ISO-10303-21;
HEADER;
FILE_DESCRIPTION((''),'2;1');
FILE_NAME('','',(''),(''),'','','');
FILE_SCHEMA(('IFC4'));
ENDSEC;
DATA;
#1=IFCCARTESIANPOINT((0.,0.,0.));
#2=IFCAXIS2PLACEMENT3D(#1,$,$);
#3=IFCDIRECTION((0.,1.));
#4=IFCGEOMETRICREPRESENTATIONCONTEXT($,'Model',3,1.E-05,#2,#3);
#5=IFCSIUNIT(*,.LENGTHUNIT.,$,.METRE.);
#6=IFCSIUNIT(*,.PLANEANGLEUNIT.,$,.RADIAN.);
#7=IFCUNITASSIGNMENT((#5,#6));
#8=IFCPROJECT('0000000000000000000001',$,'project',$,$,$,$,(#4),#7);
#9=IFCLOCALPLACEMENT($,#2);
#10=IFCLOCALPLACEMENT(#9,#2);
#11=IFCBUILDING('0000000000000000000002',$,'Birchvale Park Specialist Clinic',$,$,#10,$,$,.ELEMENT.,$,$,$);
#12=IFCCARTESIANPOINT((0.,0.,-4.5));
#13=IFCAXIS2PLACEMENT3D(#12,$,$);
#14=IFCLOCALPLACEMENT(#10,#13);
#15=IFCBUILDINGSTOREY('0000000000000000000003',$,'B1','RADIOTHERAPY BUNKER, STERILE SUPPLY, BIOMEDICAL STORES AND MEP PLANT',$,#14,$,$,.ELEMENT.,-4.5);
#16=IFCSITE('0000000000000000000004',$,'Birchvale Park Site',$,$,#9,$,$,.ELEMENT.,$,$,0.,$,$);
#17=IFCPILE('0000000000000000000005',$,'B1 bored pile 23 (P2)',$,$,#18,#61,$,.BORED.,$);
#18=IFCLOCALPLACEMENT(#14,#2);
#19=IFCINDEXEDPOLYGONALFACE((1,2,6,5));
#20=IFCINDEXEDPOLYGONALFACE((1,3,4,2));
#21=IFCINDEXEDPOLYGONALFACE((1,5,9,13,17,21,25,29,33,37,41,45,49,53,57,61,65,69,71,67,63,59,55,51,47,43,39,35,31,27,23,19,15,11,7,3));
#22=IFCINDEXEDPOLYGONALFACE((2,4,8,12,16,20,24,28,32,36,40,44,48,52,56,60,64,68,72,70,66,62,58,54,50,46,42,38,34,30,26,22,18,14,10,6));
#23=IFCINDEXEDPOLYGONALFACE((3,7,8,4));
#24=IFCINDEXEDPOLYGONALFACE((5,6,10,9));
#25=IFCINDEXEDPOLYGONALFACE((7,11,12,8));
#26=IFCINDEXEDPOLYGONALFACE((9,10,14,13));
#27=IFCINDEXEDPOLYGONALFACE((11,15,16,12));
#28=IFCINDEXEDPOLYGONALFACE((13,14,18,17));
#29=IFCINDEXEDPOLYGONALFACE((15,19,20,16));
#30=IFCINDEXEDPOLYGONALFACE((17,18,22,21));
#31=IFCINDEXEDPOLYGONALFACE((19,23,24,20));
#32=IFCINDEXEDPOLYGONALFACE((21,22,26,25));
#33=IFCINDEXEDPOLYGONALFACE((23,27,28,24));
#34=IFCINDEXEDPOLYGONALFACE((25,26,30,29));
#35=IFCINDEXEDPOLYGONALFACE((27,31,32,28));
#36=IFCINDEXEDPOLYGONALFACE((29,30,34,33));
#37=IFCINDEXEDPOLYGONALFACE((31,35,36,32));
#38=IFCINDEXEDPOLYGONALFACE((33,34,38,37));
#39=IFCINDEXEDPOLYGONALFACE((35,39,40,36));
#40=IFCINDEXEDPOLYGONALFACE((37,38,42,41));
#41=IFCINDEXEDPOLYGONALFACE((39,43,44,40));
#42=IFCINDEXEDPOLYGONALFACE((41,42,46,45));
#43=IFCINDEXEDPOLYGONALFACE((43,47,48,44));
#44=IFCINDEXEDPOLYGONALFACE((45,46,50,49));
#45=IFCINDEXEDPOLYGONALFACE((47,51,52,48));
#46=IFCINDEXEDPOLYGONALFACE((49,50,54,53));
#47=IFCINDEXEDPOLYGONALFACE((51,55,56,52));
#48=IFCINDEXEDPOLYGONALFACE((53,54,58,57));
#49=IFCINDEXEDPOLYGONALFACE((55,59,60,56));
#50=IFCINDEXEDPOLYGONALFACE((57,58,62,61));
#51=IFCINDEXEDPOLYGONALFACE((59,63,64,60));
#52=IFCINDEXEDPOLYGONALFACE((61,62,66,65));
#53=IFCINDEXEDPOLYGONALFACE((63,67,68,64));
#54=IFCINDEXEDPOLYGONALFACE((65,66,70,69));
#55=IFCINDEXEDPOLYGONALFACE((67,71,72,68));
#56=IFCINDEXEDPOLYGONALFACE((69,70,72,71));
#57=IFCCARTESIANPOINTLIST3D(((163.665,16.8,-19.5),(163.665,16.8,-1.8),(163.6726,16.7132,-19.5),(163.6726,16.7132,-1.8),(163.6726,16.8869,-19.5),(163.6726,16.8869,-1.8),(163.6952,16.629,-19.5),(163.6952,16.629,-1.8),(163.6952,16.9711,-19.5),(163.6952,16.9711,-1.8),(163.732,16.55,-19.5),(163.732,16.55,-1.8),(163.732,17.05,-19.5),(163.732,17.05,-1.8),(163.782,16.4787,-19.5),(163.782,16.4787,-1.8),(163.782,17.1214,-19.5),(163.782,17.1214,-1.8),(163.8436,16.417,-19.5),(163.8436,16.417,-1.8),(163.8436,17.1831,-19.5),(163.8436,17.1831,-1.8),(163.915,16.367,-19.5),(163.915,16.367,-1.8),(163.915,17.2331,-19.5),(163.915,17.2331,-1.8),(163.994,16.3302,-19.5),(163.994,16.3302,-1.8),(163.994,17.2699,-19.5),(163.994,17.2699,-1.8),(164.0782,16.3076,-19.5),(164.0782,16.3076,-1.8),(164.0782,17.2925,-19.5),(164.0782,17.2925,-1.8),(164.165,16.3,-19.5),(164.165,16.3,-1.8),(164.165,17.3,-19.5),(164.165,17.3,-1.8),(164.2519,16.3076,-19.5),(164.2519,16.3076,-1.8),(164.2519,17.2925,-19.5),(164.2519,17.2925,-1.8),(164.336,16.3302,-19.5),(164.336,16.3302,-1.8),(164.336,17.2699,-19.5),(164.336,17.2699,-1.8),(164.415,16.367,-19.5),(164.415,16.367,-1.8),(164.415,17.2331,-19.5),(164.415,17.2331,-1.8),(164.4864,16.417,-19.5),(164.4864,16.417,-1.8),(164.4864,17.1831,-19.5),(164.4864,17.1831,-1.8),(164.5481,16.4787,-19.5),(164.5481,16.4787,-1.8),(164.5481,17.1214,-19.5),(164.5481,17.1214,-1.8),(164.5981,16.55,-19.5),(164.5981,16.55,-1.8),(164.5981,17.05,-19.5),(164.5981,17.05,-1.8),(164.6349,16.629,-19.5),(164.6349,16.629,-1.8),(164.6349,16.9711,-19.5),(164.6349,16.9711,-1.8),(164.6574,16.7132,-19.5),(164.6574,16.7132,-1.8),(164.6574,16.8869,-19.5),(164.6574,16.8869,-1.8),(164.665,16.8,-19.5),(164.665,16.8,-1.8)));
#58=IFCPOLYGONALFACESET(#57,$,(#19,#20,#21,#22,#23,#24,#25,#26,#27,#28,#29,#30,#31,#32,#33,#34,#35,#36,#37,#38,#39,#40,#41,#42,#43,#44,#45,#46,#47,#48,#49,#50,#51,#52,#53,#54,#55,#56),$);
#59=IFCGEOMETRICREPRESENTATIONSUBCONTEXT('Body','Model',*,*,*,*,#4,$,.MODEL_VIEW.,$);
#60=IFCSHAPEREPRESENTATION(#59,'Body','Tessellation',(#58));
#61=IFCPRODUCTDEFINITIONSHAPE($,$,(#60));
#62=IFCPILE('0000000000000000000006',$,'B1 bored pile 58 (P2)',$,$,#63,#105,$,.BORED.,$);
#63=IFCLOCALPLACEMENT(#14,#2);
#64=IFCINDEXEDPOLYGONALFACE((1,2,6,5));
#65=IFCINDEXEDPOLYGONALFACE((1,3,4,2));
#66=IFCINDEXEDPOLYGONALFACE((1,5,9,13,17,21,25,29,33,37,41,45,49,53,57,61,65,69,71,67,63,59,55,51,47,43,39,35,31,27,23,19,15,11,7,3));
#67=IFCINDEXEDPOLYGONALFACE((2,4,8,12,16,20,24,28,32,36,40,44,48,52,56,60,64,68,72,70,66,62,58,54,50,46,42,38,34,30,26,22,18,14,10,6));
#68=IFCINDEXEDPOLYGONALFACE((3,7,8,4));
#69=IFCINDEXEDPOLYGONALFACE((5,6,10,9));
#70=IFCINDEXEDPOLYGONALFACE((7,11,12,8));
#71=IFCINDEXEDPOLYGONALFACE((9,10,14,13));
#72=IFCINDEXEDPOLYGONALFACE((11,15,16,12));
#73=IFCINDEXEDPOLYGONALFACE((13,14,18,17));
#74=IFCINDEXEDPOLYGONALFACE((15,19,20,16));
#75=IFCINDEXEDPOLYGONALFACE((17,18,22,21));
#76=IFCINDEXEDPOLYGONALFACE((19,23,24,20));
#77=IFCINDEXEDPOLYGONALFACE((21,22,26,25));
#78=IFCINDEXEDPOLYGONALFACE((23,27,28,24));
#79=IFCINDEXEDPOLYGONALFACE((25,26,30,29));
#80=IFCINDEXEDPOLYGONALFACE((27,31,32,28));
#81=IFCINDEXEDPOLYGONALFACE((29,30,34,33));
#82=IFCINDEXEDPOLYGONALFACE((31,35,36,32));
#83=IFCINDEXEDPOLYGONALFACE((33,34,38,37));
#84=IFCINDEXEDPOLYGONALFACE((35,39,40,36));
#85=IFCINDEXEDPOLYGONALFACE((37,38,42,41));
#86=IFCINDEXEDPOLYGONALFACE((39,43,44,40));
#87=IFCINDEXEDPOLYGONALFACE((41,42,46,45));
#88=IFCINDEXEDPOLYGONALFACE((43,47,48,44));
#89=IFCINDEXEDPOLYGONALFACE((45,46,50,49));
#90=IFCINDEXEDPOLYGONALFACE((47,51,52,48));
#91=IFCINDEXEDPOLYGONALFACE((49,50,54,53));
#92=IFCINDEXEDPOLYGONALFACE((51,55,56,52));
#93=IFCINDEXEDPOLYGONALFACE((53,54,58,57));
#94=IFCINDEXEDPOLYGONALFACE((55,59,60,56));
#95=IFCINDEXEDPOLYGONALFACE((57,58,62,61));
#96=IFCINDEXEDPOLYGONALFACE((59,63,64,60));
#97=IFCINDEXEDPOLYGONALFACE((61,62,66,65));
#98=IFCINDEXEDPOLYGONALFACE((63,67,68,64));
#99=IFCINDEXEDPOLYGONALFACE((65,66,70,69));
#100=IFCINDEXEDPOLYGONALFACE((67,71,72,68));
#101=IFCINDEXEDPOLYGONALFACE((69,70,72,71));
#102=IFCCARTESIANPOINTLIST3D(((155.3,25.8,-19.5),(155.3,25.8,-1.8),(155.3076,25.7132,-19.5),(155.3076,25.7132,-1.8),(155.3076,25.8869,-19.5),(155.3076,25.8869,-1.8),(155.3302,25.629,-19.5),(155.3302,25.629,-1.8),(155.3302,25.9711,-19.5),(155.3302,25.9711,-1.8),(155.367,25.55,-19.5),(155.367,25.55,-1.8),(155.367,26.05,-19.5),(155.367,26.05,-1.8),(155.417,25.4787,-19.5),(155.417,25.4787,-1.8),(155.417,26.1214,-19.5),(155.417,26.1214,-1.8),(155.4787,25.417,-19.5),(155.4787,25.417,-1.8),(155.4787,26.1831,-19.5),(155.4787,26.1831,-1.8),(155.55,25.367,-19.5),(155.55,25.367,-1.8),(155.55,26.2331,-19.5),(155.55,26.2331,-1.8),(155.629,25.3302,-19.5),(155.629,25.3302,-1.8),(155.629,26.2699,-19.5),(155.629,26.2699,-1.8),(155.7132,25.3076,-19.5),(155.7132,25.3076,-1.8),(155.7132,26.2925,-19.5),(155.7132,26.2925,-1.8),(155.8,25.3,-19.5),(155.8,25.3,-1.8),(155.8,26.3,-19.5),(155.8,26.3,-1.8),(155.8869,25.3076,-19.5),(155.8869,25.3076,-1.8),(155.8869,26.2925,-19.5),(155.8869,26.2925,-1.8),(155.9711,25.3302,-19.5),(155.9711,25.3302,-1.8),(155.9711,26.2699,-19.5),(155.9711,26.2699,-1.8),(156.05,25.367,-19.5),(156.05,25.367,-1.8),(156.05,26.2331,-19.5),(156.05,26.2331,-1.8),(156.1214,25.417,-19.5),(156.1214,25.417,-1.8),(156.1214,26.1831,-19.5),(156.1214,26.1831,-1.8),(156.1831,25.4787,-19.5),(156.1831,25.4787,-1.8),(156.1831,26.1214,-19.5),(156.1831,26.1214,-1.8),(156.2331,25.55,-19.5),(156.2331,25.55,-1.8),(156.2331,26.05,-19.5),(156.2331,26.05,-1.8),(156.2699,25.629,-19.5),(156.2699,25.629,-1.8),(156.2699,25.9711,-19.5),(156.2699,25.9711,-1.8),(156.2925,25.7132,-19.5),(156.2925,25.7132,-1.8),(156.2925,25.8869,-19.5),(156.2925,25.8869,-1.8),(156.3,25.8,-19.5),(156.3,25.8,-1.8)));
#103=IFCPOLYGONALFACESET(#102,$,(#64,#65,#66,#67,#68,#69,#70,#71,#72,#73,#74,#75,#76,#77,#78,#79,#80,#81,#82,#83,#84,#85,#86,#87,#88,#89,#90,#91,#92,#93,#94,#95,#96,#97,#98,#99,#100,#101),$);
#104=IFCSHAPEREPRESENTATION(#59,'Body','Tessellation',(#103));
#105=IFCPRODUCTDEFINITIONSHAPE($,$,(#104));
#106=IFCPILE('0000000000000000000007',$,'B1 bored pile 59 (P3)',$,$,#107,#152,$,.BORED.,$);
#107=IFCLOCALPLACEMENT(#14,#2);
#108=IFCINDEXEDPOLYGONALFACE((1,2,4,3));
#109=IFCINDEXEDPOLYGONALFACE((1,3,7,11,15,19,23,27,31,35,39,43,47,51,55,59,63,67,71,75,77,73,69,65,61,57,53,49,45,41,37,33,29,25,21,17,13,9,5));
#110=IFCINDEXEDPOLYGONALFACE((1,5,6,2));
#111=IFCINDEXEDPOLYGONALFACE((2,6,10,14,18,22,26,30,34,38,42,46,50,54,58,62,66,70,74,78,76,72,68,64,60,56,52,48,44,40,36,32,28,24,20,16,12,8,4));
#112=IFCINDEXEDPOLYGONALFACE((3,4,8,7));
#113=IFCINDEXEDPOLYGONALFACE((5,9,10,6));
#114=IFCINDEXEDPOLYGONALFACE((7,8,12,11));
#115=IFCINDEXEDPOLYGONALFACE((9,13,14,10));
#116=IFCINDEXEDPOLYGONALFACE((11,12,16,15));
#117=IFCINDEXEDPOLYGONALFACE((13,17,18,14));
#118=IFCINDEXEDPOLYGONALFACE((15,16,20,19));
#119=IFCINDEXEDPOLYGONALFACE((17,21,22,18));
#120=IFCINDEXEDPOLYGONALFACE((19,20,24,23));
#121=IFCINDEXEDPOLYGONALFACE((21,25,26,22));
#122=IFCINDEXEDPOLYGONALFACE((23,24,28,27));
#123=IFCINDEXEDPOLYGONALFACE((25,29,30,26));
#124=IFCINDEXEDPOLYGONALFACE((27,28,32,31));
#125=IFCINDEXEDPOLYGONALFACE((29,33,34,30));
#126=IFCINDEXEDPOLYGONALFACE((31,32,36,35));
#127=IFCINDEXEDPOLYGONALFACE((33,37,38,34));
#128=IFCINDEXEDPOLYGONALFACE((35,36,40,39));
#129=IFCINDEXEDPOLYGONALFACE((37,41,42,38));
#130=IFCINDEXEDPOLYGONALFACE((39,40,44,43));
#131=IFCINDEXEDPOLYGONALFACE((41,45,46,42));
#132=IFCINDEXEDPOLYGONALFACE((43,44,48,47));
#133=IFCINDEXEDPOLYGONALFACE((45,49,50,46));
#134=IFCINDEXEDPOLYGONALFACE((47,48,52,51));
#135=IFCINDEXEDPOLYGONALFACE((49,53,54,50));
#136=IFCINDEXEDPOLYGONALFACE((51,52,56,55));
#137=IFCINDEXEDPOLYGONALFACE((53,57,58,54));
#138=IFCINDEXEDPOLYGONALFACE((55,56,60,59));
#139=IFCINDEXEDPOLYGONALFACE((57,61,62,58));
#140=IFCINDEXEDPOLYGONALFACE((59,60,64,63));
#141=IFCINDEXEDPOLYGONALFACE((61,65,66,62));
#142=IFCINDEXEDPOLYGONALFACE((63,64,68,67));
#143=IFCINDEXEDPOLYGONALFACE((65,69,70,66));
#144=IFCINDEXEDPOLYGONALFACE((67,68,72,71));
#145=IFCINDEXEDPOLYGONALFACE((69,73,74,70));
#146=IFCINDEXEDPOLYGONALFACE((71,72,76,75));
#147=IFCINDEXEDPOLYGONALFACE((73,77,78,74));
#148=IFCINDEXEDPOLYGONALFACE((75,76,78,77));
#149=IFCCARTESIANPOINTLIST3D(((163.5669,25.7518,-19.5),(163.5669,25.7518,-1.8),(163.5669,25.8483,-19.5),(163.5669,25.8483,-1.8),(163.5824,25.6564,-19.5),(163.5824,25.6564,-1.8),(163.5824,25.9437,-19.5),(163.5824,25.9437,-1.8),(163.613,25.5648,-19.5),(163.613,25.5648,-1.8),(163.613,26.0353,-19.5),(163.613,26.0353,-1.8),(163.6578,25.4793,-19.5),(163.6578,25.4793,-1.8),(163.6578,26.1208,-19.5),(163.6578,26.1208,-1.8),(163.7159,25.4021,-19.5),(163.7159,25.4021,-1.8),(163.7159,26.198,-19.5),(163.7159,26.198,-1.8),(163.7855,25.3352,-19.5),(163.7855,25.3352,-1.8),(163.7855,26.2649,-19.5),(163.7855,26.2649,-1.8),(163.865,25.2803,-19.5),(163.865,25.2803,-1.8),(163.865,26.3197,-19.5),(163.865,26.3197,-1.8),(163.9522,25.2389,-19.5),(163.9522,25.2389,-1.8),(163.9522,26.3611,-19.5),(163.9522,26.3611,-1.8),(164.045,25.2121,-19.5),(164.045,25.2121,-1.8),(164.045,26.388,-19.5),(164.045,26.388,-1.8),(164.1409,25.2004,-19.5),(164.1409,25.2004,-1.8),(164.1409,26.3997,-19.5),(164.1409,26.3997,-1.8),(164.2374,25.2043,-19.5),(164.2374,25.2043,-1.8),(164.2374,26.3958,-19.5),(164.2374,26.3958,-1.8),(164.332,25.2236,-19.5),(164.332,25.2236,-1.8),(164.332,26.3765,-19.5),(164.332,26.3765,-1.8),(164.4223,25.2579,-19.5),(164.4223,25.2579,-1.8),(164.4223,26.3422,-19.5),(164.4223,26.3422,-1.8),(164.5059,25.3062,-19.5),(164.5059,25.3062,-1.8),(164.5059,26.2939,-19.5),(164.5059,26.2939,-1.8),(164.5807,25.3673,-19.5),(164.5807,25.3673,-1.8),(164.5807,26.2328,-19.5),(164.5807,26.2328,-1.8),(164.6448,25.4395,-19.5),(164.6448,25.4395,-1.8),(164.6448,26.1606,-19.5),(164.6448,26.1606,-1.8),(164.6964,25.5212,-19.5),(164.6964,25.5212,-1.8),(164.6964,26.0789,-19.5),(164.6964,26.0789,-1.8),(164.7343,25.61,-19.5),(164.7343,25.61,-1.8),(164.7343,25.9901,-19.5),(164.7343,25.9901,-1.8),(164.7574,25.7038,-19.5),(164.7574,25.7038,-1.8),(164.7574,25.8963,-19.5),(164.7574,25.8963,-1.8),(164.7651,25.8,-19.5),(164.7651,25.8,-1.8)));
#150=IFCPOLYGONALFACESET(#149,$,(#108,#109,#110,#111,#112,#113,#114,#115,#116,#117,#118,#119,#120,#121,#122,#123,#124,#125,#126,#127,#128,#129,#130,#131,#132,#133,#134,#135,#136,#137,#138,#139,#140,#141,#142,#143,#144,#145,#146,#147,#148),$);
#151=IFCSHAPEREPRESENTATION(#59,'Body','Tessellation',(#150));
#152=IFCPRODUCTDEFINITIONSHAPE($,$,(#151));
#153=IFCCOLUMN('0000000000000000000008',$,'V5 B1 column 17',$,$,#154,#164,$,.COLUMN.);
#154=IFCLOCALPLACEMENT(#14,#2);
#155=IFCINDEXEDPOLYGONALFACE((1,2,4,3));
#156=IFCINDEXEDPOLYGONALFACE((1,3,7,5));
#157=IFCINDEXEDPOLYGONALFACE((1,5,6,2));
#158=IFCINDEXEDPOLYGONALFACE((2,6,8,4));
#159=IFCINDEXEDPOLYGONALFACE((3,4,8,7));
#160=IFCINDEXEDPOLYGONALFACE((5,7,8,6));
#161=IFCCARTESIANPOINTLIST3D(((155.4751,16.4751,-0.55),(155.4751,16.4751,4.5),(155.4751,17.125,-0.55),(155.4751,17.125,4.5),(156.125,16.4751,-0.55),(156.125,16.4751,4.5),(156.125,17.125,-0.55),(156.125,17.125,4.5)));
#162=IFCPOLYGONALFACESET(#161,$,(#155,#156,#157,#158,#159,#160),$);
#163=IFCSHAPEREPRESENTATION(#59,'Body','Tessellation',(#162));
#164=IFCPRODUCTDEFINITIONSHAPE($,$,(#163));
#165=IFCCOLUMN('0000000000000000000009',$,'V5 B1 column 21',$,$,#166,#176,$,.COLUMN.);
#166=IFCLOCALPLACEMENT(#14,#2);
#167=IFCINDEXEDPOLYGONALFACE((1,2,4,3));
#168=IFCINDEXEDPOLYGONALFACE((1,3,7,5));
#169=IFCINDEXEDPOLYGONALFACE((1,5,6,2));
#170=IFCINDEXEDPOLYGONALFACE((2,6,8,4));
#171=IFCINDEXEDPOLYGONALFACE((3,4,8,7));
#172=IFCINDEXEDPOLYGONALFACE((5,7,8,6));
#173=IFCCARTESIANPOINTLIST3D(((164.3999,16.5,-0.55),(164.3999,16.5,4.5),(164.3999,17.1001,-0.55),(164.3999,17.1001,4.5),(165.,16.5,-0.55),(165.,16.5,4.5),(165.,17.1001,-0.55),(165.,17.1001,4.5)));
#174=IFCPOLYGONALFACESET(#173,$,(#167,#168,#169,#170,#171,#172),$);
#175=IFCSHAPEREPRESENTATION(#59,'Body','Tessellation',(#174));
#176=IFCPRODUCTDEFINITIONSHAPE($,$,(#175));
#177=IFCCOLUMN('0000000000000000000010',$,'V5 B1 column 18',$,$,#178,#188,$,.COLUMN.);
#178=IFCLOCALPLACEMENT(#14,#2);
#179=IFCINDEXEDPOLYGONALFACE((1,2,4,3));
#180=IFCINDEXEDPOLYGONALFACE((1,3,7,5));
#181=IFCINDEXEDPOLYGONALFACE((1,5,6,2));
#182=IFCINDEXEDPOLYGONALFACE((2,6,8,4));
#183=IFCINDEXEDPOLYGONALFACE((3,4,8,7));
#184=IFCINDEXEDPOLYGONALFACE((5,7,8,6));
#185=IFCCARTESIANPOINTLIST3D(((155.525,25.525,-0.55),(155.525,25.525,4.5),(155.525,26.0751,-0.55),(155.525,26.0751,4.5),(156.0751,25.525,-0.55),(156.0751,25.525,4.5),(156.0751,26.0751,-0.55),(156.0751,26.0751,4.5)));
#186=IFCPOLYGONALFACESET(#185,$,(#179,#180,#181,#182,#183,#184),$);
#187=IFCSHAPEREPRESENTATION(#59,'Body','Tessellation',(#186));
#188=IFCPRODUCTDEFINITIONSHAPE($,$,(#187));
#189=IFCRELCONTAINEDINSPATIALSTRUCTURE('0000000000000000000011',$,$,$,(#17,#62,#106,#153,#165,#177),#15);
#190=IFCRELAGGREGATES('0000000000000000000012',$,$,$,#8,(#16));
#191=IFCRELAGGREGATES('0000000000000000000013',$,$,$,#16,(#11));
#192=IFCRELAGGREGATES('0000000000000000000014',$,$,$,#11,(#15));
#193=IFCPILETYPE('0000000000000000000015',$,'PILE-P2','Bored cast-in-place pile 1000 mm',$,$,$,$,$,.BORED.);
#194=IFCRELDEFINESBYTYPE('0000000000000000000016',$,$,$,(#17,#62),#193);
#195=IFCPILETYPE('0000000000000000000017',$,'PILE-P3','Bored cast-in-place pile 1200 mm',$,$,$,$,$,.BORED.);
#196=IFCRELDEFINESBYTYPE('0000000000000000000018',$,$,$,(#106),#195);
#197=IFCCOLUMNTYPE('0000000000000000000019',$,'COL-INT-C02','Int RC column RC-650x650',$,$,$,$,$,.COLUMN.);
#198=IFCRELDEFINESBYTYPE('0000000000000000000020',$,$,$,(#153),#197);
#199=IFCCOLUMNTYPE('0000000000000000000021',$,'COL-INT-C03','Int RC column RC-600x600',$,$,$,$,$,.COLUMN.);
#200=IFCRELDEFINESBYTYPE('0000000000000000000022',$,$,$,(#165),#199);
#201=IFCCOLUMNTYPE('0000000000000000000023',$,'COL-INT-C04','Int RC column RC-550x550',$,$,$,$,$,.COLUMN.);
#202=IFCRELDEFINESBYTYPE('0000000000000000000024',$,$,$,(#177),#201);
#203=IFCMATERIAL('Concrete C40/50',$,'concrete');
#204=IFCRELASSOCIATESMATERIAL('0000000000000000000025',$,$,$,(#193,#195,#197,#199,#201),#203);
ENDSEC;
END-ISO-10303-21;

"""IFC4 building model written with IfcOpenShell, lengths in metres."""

from ifc_helpers import new_model, si_unit, direction, frame, origin, origin_2d, place, context, subcontext, project, spatial, rectangle, circle, extrude, material, material_profile, profile_set, type_object, element, save


model = new_model("IFC4")

# Units and contexts
model_context = context("Model", 3, precision=1e-05, world=origin(), true_north=direction((0.0, 1.0)))
body_context = subcontext(model_context, "Body", "Model", "MODEL_VIEW")
ifc_project = project(units=[si_unit("LENGTHUNIT", "METRE"), si_unit("PLANEANGLEUNIT", "RADIAN")], contexts=[model_context])

# Site, building, storey
site_placement = place(None, origin())
site = spatial("IfcSite", under=ifc_project, at=site_placement, Name="Birchvale Park Site", CompositionType="ELEMENT", RefElevation=0.0)
building_placement = place(site_placement, origin())
building = spatial("IfcBuilding", under=site, at=building_placement, Name="Birchvale Park Specialist Clinic", CompositionType="ELEMENT")
storey_placement = place(building_placement, frame((0.0, 0.0, -4.5)))
storey = spatial("IfcBuildingStorey", under=building, at=storey_placement, Name="B1", Description="RADIOTHERAPY BUNKER, STERILE SUPPLY, BIOMEDICAL STORES AND MEP PLANT", CompositionType="ELEMENT", Elevation=-4.5)

# Shared definitions
ifc_material_1 = material(Name="Concrete C40/50", Category="concrete")

# Piles
ifc_material_profile_1 = material_profile(ifc_material_1, circle(Radius=0.5, at=origin_2d()), Name="PILE-1000")
ifc_profile_set_1 = profile_set([ifc_material_profile_1], Name="Concrete C40/50")
pile_type_1 = type_object("IfcPileType", Name="PILE-P2", Description="Bored cast-in-place pile 1000 mm", PredefinedType="BORED", material=ifc_profile_set_1)
for number, where, z_axis, x_axis, name in (
    (1, (164.165, 16.8, -1.8), (0.0, 0.0, -1.0), (1.0, 0.0, 0.0), "B1 bored pile 23 (P2)"),
    (2, (155.8, 25.8, -1.8), (0.0, 0.0, -1.0), (1.0, 0.0, 0.0), "B1 bored pile 58 (P2)"),
):
    element("IfcPile", number, at=place(storey_placement, frame(where, z_axis=z_axis, x_axis=x_axis)), inside=storey, type_object=pile_type_1, Name=name, PredefinedType="BORED", context=body_context, shape_type="SweptSolid", body=[
        extrude(circle(Radius=0.5, at=origin_2d()), origin(), (0.0, 0.0, 1.0), 17.7),
    ])
ifc_material_profile_2 = material_profile(ifc_material_1, circle(Radius=0.6001, at=origin_2d()), Name="PILE-1200")
ifc_profile_set_2 = profile_set([ifc_material_profile_2], Name="Concrete C40/50")
pile_type_2 = type_object("IfcPileType", Name="PILE-P3", Description="Bored cast-in-place pile 1200 mm", PredefinedType="BORED", material=ifc_profile_set_2)
pile_1_placement = place(storey_placement, frame((164.165, 25.8, -1.8), z_axis=(0.0, 0.0, -1.0), x_axis=(1.0, 0.0, 0.0)))
element("IfcPile", 3, at=pile_1_placement, inside=storey, type_object=pile_type_2, Name="B1 bored pile 59 (P3)", PredefinedType="BORED", context=body_context, shape_type="SweptSolid", body=[
    extrude(circle(Radius=0.6001, at=origin_2d()), origin(), (0.0, 0.0, 1.0), 17.7),
])

# Columns
ifc_material_profile_3 = material_profile(ifc_material_1, rectangle(XDim=0.6499, YDim=0.6499, at=origin_2d()), Name="RC-650x650")
ifc_profile_set_3 = profile_set([ifc_material_profile_3], Name="Concrete C40/50")
column_type_1 = type_object("IfcColumnType", Name="COL-INT-C02", Description="Int RC column RC-650x650", PredefinedType="COLUMN", material=ifc_profile_set_3)
column_1_placement = place(storey_placement, frame((155.8, 16.8, -0.55), z_axis=(0.0, 0.0, 1.0), x_axis=(1.0, 0.0, 0.0)))
element("IfcColumn", 4, at=column_1_placement, inside=storey, type_object=column_type_1, Name="V5 B1 column 17", PredefinedType="COLUMN", context=body_context, shape_type="SweptSolid", body=[
    extrude(rectangle(XDim=0.6499, YDim=0.6499, at=origin_2d()), origin(), (0.0, 0.0, 1.0), 5.05),
])
ifc_material_profile_4 = material_profile(ifc_material_1, rectangle(XDim=0.6001, YDim=0.6001, at=origin_2d()), Name="RC-600x600")
ifc_profile_set_4 = profile_set([ifc_material_profile_4], Name="Concrete C40/50")
column_type_2 = type_object("IfcColumnType", Name="COL-INT-C03", Description="Int RC column RC-600x600", PredefinedType="COLUMN", material=ifc_profile_set_4)
column_2_placement = place(storey_placement, frame((164.7, 16.8, -0.55), z_axis=(0.0, 0.0, 1.0), x_axis=(1.0, 0.0, 0.0)))
element("IfcColumn", 5, at=column_2_placement, inside=storey, type_object=column_type_2, Name="V5 B1 column 21", PredefinedType="COLUMN", context=body_context, shape_type="SweptSolid", body=[
    extrude(rectangle(XDim=0.6001, YDim=0.6001, at=origin_2d()), origin(), (0.0, 0.0, 1.0), 5.05),
])
ifc_material_profile_5 = material_profile(ifc_material_1, rectangle(XDim=0.55, YDim=0.55, at=origin_2d()), Name="RC-550x550")
ifc_profile_set_5 = profile_set([ifc_material_profile_5], Name="Concrete C40/50")
column_type_3 = type_object("IfcColumnType", Name="COL-INT-C04", Description="Int RC column RC-550x550", PredefinedType="COLUMN", material=ifc_profile_set_5)
column_3_placement = place(storey_placement, frame((155.8, 25.8, -0.55), z_axis=(0.0, 0.0, 1.0), x_axis=(1.0, 0.0, 0.0)))
element("IfcColumn", 6, at=column_3_placement, inside=storey, type_object=column_type_3, Name="V5 B1 column 18", PredefinedType="COLUMN", context=body_context, shape_type="SweptSolid", body=[
    extrude(rectangle(XDim=0.55, YDim=0.55, at=origin_2d()), origin(), (0.0, 0.0, 1.0), 5.05),
])

save(model, "model.ifc")
